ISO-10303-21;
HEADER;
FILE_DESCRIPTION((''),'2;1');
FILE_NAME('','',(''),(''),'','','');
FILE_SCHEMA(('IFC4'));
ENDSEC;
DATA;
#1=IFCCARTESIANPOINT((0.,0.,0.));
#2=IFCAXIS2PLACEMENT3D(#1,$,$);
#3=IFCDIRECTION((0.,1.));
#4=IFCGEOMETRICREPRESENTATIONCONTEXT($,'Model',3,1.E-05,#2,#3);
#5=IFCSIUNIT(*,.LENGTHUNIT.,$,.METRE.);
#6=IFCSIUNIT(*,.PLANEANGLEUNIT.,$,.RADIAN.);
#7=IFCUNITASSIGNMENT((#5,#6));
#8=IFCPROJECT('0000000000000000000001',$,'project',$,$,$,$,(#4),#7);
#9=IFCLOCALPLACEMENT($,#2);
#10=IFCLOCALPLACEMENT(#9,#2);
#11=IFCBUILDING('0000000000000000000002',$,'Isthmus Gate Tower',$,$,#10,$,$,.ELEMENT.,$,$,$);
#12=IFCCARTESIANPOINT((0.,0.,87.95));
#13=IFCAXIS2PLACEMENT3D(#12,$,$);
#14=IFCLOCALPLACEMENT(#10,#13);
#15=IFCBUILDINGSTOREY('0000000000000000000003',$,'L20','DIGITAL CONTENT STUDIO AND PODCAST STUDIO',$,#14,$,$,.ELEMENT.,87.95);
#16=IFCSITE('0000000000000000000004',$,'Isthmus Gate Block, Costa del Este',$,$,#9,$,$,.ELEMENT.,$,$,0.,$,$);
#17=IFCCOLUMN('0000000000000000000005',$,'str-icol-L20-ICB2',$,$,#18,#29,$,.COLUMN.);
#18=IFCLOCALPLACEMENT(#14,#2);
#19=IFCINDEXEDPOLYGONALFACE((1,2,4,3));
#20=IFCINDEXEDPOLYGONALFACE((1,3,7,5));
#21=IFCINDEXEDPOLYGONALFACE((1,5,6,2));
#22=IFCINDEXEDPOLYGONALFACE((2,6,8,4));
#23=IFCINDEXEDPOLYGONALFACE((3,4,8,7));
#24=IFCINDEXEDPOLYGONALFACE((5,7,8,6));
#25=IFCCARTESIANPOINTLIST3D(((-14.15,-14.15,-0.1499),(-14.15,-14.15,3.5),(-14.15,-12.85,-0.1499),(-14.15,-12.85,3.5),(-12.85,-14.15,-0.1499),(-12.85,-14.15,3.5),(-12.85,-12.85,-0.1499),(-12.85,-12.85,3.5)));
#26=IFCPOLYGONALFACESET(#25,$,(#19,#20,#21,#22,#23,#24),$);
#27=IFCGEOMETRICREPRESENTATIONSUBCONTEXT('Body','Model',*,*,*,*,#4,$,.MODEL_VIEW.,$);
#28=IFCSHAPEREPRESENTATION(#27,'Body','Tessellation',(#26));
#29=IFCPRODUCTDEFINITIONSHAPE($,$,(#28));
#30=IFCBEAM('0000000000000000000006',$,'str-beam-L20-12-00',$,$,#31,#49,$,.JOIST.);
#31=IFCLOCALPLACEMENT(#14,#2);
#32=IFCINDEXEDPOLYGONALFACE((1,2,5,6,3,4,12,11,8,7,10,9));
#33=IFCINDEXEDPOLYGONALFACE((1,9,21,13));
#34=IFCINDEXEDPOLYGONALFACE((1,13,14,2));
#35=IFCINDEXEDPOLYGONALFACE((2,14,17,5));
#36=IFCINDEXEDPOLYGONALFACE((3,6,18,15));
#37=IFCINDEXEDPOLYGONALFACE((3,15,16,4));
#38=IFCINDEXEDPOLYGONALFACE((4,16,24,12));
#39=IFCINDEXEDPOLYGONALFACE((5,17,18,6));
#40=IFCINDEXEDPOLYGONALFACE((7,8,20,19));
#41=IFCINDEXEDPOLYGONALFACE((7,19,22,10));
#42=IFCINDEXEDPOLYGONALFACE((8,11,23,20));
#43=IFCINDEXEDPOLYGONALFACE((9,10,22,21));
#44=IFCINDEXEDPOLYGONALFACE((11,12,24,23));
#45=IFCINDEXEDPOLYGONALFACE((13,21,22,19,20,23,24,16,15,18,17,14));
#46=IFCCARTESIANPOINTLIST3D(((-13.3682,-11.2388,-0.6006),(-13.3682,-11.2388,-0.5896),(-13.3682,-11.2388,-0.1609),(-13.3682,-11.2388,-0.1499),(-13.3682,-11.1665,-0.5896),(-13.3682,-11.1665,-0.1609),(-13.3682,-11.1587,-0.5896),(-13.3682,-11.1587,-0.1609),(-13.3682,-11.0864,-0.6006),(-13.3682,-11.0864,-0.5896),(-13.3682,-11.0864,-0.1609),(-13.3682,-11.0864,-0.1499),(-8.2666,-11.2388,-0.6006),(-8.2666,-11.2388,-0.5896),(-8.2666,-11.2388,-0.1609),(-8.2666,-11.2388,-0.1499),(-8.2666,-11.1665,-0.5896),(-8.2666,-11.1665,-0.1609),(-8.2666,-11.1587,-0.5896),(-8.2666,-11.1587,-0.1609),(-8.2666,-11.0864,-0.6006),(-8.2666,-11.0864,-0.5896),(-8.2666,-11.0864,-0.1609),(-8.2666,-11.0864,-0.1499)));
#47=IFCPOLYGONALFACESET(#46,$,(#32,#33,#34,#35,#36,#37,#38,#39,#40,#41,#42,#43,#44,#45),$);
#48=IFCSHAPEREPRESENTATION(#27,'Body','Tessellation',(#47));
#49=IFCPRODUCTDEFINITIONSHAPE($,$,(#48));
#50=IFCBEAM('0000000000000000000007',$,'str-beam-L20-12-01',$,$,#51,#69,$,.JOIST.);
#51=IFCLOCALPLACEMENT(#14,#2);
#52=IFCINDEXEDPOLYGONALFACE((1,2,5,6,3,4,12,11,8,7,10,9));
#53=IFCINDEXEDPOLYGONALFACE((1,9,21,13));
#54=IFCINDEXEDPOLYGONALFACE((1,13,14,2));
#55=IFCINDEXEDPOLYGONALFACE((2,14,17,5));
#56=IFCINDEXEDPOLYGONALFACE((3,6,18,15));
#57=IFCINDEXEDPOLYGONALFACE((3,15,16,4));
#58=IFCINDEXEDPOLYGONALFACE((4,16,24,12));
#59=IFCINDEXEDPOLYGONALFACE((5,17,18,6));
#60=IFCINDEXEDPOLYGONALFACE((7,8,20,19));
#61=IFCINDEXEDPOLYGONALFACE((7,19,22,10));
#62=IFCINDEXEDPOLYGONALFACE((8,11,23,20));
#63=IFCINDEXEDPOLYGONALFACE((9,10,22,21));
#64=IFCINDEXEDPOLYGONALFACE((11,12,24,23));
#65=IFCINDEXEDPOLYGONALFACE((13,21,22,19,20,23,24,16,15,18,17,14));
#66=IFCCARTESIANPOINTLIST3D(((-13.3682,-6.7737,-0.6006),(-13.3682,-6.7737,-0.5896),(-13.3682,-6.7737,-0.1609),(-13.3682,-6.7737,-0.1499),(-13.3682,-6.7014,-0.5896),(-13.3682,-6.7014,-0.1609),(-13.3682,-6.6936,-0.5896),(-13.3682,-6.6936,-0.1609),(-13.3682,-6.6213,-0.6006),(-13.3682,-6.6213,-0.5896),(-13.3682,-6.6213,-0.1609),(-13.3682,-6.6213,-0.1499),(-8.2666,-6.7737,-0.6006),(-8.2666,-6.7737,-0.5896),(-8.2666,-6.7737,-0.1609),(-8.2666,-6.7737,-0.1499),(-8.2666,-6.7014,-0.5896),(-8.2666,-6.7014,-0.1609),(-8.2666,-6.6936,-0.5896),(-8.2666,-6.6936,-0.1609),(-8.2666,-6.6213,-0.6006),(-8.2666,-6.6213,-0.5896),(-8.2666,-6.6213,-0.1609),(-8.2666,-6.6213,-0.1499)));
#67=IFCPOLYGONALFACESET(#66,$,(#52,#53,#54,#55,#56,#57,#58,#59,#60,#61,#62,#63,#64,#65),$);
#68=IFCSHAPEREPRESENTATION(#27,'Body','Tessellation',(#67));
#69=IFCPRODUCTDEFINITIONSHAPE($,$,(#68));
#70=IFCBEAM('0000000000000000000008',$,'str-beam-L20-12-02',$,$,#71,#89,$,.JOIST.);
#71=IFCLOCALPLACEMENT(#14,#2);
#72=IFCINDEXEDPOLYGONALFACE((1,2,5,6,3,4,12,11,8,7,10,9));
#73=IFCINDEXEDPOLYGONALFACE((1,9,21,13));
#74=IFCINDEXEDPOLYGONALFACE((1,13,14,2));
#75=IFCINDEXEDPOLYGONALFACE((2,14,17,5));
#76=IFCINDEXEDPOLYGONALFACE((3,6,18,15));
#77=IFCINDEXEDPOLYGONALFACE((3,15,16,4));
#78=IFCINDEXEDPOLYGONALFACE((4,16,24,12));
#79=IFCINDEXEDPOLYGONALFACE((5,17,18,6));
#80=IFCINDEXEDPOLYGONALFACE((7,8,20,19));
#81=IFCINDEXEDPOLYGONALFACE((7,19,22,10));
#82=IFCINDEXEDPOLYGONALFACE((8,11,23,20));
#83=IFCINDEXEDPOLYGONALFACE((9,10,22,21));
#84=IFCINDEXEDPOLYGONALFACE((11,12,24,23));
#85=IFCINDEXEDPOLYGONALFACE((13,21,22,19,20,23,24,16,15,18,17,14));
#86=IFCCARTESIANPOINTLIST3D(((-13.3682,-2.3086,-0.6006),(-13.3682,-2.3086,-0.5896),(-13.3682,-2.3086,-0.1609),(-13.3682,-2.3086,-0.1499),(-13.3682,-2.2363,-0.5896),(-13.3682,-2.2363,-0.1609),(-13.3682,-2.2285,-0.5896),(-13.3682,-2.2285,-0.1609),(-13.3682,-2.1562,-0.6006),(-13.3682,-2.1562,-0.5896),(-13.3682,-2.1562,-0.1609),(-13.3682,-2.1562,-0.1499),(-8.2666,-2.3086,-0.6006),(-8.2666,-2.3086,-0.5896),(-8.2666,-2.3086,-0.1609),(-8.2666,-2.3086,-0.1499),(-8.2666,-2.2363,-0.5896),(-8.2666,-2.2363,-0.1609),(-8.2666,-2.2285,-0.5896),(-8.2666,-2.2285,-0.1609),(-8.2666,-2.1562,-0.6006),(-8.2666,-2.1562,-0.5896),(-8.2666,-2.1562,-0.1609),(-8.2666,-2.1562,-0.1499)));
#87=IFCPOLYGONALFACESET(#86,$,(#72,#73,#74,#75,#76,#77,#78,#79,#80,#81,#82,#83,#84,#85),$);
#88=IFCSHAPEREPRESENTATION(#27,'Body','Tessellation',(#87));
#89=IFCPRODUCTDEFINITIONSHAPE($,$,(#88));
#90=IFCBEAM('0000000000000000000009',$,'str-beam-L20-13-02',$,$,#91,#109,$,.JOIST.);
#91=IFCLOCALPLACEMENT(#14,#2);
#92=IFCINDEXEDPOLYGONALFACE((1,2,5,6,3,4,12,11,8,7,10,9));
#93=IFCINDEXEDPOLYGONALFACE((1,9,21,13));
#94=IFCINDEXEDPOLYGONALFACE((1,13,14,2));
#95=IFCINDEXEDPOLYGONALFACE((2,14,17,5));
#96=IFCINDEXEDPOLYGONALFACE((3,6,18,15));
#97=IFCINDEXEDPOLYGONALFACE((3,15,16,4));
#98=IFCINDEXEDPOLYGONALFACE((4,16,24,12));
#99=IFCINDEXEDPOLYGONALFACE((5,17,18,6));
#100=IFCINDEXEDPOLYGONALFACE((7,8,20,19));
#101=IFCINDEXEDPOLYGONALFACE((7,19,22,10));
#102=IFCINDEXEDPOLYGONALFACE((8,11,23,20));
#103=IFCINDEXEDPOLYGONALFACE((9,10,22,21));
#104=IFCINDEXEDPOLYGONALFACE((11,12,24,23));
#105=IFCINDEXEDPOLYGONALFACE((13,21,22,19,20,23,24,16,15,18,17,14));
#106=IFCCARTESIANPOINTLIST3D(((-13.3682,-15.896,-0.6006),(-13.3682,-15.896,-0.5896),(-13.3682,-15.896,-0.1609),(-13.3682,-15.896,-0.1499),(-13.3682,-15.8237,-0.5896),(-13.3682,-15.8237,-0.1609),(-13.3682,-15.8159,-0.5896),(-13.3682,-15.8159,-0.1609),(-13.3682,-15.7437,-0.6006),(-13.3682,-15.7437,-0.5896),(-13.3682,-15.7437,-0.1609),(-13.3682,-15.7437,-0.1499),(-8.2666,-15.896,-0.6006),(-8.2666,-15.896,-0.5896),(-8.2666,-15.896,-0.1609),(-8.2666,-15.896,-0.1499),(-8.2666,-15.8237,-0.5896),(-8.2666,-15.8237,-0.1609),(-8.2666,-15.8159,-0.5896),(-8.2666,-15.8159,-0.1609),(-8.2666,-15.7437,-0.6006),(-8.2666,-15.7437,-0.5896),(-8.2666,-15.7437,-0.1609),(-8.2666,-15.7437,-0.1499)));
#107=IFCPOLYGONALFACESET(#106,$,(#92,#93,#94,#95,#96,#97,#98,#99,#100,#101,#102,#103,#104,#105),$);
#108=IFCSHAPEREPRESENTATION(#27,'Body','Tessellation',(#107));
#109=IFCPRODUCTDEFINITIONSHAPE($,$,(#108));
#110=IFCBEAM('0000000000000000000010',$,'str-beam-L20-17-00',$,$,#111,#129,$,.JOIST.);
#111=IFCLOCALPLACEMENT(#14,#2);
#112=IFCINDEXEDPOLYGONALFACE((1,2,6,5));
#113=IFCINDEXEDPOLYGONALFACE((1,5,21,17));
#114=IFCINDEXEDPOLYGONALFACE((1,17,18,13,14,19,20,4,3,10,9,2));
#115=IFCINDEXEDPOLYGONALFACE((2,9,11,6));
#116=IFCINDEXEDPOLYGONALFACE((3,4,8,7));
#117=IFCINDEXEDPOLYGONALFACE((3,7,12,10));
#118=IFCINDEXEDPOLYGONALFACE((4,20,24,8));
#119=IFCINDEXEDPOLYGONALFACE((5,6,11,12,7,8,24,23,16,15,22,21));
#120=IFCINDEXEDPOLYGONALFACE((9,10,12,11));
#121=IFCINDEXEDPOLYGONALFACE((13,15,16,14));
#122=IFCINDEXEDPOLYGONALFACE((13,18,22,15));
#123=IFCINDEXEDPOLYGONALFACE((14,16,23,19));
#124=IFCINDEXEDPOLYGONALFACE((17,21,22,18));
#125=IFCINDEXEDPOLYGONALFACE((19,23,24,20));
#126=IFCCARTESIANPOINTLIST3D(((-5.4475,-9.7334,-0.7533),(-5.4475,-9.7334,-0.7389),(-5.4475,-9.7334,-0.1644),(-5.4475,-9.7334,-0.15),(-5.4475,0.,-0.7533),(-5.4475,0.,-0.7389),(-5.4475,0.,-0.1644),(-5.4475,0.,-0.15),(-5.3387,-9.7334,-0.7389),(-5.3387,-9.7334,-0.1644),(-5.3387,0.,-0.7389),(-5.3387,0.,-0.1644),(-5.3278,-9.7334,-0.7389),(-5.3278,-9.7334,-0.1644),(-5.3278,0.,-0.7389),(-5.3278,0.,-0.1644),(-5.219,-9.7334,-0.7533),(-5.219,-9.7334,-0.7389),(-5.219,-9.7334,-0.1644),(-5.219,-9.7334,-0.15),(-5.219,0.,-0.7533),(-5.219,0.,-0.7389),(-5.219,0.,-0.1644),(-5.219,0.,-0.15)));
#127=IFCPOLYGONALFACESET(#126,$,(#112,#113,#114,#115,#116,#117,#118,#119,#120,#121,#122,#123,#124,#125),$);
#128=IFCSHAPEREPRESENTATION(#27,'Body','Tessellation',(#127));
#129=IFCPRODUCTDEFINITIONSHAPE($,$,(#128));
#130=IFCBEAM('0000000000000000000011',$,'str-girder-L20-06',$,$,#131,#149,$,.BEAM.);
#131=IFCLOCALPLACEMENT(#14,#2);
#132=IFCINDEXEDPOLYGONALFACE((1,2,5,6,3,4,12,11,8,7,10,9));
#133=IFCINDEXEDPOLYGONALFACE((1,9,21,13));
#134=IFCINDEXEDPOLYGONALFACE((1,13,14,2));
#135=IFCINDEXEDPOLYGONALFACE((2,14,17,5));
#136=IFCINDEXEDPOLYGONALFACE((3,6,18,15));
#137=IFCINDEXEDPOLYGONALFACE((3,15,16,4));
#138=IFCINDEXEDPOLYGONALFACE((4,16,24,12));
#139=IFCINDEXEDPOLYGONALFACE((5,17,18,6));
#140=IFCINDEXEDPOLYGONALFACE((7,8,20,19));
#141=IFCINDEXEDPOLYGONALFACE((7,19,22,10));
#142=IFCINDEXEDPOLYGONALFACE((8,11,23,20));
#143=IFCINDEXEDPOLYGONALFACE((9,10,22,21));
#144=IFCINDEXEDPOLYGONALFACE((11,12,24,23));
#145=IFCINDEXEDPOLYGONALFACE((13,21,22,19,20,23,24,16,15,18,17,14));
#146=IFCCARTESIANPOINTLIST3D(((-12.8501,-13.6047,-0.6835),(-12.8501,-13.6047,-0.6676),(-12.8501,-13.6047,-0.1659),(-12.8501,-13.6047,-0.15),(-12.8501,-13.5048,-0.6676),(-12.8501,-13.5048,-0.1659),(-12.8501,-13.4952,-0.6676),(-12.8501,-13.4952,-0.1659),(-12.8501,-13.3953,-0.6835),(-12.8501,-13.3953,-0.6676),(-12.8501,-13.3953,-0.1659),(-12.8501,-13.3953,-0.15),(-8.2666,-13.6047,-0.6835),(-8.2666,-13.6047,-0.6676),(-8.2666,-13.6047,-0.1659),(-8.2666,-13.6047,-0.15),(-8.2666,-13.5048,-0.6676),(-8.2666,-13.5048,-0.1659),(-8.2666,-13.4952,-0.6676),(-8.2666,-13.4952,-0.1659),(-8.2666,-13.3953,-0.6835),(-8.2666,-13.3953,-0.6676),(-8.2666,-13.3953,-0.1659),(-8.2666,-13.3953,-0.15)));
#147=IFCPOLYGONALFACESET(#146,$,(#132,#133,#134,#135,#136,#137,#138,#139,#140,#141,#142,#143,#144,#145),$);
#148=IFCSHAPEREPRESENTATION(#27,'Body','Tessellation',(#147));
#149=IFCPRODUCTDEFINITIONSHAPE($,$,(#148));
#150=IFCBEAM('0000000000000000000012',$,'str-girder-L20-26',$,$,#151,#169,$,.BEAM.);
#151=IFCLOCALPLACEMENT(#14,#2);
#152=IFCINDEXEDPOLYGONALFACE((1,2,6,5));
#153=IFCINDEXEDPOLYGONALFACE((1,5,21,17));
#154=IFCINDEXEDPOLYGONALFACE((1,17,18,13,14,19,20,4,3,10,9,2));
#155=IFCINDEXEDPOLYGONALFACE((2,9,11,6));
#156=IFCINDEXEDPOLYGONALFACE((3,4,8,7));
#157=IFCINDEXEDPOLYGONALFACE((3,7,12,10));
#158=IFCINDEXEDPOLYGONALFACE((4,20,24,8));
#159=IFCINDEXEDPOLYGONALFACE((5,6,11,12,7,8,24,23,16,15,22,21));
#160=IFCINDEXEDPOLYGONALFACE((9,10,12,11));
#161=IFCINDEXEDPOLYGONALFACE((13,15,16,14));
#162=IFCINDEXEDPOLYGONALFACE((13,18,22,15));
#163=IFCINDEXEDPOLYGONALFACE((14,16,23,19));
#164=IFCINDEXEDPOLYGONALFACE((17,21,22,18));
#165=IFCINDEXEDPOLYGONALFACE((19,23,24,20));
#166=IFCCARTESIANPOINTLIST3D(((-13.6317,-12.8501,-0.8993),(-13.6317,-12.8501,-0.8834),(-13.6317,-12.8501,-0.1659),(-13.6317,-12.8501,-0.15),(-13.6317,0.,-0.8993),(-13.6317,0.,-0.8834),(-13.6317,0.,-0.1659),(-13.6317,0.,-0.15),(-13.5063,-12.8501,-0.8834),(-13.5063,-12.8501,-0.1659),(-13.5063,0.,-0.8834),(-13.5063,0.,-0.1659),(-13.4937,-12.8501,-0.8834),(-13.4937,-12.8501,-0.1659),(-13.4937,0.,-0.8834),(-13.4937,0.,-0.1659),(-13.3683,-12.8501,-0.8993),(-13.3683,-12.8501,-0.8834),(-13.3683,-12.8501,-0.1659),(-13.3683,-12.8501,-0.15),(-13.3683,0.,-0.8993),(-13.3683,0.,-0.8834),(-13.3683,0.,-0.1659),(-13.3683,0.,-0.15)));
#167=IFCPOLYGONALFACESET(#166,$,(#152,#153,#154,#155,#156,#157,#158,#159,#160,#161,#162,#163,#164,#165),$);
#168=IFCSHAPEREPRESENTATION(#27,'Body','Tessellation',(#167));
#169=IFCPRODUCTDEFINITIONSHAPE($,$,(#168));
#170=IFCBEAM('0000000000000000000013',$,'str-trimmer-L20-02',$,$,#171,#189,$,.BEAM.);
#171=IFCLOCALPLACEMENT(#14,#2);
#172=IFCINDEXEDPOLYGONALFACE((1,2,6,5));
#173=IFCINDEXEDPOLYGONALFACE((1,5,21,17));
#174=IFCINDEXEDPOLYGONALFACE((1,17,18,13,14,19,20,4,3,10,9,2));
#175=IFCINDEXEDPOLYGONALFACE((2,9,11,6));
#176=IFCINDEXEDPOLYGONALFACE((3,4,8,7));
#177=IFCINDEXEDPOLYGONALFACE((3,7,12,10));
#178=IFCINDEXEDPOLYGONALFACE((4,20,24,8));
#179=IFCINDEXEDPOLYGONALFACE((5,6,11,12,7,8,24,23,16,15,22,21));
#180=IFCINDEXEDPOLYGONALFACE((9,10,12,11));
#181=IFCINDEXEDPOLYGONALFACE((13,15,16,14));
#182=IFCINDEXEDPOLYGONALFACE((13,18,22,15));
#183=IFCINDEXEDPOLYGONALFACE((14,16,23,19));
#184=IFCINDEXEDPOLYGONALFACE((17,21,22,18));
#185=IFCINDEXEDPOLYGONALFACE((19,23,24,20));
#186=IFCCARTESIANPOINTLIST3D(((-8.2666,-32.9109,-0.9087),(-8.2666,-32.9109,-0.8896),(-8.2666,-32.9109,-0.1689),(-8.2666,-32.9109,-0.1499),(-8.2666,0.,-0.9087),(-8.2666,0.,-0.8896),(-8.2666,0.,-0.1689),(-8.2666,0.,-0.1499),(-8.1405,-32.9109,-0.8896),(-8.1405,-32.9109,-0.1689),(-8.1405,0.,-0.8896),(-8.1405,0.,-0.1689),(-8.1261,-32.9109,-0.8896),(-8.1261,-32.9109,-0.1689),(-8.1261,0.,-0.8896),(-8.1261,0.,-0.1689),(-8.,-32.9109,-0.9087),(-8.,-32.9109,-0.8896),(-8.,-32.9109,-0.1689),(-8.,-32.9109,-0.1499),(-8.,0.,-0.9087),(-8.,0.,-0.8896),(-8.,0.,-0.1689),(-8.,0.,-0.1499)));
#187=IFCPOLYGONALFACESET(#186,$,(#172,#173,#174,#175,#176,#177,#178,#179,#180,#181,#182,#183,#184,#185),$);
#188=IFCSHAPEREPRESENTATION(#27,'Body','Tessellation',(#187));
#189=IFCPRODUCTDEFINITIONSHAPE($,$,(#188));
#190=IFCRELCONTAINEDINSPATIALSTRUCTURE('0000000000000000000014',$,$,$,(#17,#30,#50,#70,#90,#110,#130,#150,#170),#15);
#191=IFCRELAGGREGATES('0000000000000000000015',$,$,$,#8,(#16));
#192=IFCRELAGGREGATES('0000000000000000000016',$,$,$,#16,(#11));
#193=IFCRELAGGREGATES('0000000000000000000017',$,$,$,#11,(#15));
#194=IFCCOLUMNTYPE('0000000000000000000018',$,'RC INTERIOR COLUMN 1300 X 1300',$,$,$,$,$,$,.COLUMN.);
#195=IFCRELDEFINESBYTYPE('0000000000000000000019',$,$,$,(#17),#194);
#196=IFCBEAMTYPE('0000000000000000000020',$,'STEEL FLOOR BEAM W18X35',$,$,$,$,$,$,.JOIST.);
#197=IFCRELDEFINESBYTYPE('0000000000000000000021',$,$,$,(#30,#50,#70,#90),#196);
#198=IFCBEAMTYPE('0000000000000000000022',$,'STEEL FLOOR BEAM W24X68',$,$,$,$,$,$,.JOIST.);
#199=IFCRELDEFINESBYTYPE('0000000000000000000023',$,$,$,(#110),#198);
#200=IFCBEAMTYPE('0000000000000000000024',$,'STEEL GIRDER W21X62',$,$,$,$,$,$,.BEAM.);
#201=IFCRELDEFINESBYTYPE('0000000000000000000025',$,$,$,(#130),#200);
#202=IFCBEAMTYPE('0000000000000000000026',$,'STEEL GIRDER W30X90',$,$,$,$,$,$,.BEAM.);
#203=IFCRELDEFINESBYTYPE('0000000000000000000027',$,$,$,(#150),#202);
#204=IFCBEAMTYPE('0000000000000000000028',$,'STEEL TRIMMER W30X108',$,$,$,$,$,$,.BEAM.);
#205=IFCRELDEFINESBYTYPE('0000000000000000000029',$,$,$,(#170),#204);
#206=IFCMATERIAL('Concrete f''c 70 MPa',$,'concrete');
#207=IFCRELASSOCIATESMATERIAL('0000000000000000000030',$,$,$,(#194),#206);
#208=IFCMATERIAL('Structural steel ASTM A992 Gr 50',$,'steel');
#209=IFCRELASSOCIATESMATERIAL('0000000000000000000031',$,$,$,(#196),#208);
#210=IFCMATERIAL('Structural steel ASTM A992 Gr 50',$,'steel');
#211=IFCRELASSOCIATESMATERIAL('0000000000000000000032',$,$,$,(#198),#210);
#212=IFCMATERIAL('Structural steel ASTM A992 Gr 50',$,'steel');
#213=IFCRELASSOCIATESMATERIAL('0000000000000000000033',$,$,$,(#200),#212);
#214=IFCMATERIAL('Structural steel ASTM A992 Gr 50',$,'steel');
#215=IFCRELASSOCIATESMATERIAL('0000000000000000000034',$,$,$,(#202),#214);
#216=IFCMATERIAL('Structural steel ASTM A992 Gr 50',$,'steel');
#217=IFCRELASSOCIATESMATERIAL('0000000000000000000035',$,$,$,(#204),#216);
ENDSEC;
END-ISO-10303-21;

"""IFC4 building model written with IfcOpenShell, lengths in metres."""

from ifc_helpers import new_model, si_unit, direction, frame, origin, origin_2d, place, context, subcontext, project, spatial, rectangle, i_section, extrude, material, material_profile, profile_set, type_object, element, save


model = new_model("IFC4")

# Units and contexts
model_context = context("Model", 3, precision=1e-05, world=origin(), true_north=direction((0.0, 1.0)))
body_context = subcontext(model_context, "Body", "Model", "MODEL_VIEW")
ifc_project = project(units=[si_unit("LENGTHUNIT", "METRE"), si_unit("PLANEANGLEUNIT", "RADIAN")], contexts=[model_context])

# Site, building, storey
site_placement = place(None, origin())
site = spatial("IfcSite", under=ifc_project, at=site_placement, Name="Isthmus Gate Block, Costa del Este", CompositionType="ELEMENT", RefElevation=0.0)
building_placement = place(site_placement, origin())
building = spatial("IfcBuilding", under=site, at=building_placement, Name="Isthmus Gate Tower", CompositionType="ELEMENT")
storey_placement = place(building_placement, frame((0.0, 0.0, 87.95)))
storey = spatial("IfcBuildingStorey", under=building, at=storey_placement, Name="L20", Description="DIGITAL CONTENT STUDIO AND PODCAST STUDIO", CompositionType="ELEMENT", Elevation=87.95)

# Column
ifc_material_1 = material(Name="Concrete f'c 70 MPa", Category="concrete")
ifc_material_profile_1 = material_profile(ifc_material_1, rectangle(XDim=1.3, YDim=1.3, at=origin_2d()), Name="RC 1300X1300")
ifc_profile_set_1 = profile_set([ifc_material_profile_1], Name="Concrete f'c 70 MPa")
column_type = type_object("IfcColumnType", Name="RC INTERIOR COLUMN 1300 X 1300", PredefinedType="COLUMN", material=ifc_profile_set_1)
column_placement = place(storey_placement, frame((-13.5, -13.5, -0.1499), z_axis=(0.0, 0.0, 1.0), x_axis=(1.0, 0.0, 0.0)))
element("IfcColumn", 1, at=column_placement, inside=storey, type_object=column_type, Name="str-icol-L20-ICB2", PredefinedType="COLUMN", context=body_context, shape_type="SweptSolid", body=[
    extrude(rectangle(XDim=1.3, YDim=1.3, at=origin_2d()), origin(), (0.0, 0.0, 1.0), 3.6499),
])

# Beams
ifc_material_2 = material(Name="Structural steel ASTM A992 Gr 50", Category="steel")
ifc_material_profile_2 = material_profile(ifc_material_2, i_section(OverallWidth=0.1523, OverallDepth=0.4507, WebThickness=0.0078, FlangeThickness=0.011, at=origin_2d()), Name="W18X35")
ifc_profile_set_2 = profile_set([ifc_material_profile_2], Name="Structural steel ASTM A992 Gr 50")
beam_type_1 = type_object("IfcBeamType", Name="STEEL FLOOR BEAM W18X35", PredefinedType="JOIST", material=ifc_profile_set_2)
for number, where, z_axis, x_axis, name in (
    (2, (-13.3682, -11.1626, -0.3752), (1.0, 0.0, 0.0), (0.0, 1.0, 0.0), "str-beam-L20-12-00"),
    (3, (-13.3682, -6.6975, -0.3752), (1.0, 0.0, 0.0), (0.0, 1.0, 0.0), "str-beam-L20-12-01"),
    (4, (-13.3682, -2.2324, -0.3752), (1.0, 0.0, 0.0), (0.0, 1.0, 0.0), "str-beam-L20-12-02"),
    (5, (-13.3682, -15.8198, -0.3752), (1.0, 0.0, 0.0), (0.0, 1.0, 0.0), "str-beam-L20-13-02"),
):
    element("IfcBeam", number, at=place(storey_placement, frame(where, z_axis=z_axis, x_axis=x_axis)), inside=storey, type_object=beam_type_1, Name=name, PredefinedType="JOIST", context=body_context, shape_type="SweptSolid", body=[
        extrude(i_section(OverallWidth=0.1523, OverallDepth=0.4507, WebThickness=0.0078, FlangeThickness=0.011, at=origin_2d()), origin(), (0.0, 0.0, 1.0), 5.1016),
    ])
ifc_material_3 = material(Name="Structural steel ASTM A992 Gr 50", Category="steel")
ifc_material_profile_3 = material_profile(ifc_material_3, i_section(OverallWidth=0.2285, OverallDepth=0.6033, WebThickness=0.011, FlangeThickness=0.0144, at=origin_2d()), Name="W24X68")
ifc_profile_set_3 = profile_set([ifc_material_profile_3], Name="Structural steel ASTM A992 Gr 50")
beam_type_2 = type_object("IfcBeamType", Name="STEEL FLOOR BEAM W24X68", PredefinedType="JOIST", material=ifc_profile_set_3)
beam_1_placement = place(storey_placement, frame((-5.3333, -9.7334, -0.4517), z_axis=(0.0, 1.0, 0.0), x_axis=(-1.0, 0.0, 0.0)))
element("IfcBeam", 6, at=beam_1_placement, inside=storey, type_object=beam_type_2, Name="str-beam-L20-17-00", PredefinedType="JOIST", context=body_context, shape_type="SweptSolid", body=[
    extrude(i_section(OverallWidth=0.2285, OverallDepth=0.6033, WebThickness=0.011, FlangeThickness=0.0144, at=origin_2d()), origin(), (0.0, 0.0, 1.0), 9.7334),
])
ifc_material_4 = material(Name="Structural steel ASTM A992 Gr 50", Category="steel")
ifc_material_profile_4 = material_profile(ifc_material_4, i_section(OverallWidth=0.2095, OverallDepth=0.5334, WebThickness=0.0095, FlangeThickness=0.0159, at=origin_2d()), Name="W21X62")
ifc_profile_set_4 = profile_set([ifc_material_profile_4], Name="Structural steel ASTM A992 Gr 50")
beam_type_3 = type_object("IfcBeamType", Name="STEEL GIRDER W21X62", PredefinedType="BEAM", material=ifc_profile_set_4)
beam_2_placement = place(storey_placement, frame((-12.8501, -13.5, -0.4167), z_axis=(1.0, 0.0, 0.0), x_axis=(0.0, 1.0, 0.0)))
element("IfcBeam", 7, at=beam_2_placement, inside=storey, type_object=beam_type_3, Name="str-girder-L20-06", PredefinedType="BEAM", context=body_context, shape_type="SweptSolid", body=[
    extrude(i_section(OverallWidth=0.2095, OverallDepth=0.5334, WebThickness=0.0095, FlangeThickness=0.0159, at=origin_2d()), origin(), (0.0, 0.0, 1.0), 4.5835),
])
ifc_material_5 = material(Name="Structural steel ASTM A992 Gr 50", Category="steel")
ifc_material_profile_5 = material_profile(ifc_material_5, i_section(OverallWidth=0.2634, OverallDepth=0.7493, WebThickness=0.0127, FlangeThickness=0.0159, at=origin_2d()), Name="W30X90")
ifc_profile_set_5 = profile_set([ifc_material_profile_5], Name="Structural steel ASTM A992 Gr 50")
beam_type_4 = type_object("IfcBeamType", Name="STEEL GIRDER W30X90", PredefinedType="BEAM", material=ifc_profile_set_5)
beam_3_placement = place(storey_placement, frame((-13.5, -12.8501, -0.5247), z_axis=(0.0, 1.0, 0.0), x_axis=(-1.0, 0.0, 0.0)))
element("IfcBeam", 8, at=beam_3_placement, inside=storey, type_object=beam_type_4, Name="str-girder-L20-26", PredefinedType="BEAM", context=body_context, shape_type="SweptSolid", body=[
    extrude(i_section(OverallWidth=0.2634, OverallDepth=0.7493, WebThickness=0.0127, FlangeThickness=0.0159, at=origin_2d()), origin(), (0.0, 0.0, 1.0), 12.8501),
])
ifc_material_6 = material(Name="Structural steel ASTM A992 Gr 50", Category="steel")
ifc_material_profile_6 = material_profile(ifc_material_6, i_section(OverallWidth=0.2666, OverallDepth=0.7588, WebThickness=0.0144, FlangeThickness=0.019, at=origin_2d()), Name="W30X108")
ifc_profile_set_6 = profile_set([ifc_material_profile_6], Name="Structural steel ASTM A992 Gr 50")
beam_type_5 = type_object("IfcBeamType", Name="STEEL TRIMMER W30X108", PredefinedType="BEAM", material=ifc_profile_set_6)
beam_4_placement = place(storey_placement, frame((-8.1333, 0.0, -0.5293), z_axis=(0.0, -1.0, 0.0), x_axis=(1.0, 0.0, 0.0)))
element("IfcBeam", 9, at=beam_4_placement, inside=storey, type_object=beam_type_5, Name="str-trimmer-L20-02", PredefinedType="BEAM", context=body_context, shape_type="SweptSolid", body=[
    extrude(i_section(OverallWidth=0.2666, OverallDepth=0.7588, WebThickness=0.0144, FlangeThickness=0.019, at=origin_2d()), origin(), (0.0, 0.0, 1.0), 32.9109),
])

save(model, "model.ifc")
